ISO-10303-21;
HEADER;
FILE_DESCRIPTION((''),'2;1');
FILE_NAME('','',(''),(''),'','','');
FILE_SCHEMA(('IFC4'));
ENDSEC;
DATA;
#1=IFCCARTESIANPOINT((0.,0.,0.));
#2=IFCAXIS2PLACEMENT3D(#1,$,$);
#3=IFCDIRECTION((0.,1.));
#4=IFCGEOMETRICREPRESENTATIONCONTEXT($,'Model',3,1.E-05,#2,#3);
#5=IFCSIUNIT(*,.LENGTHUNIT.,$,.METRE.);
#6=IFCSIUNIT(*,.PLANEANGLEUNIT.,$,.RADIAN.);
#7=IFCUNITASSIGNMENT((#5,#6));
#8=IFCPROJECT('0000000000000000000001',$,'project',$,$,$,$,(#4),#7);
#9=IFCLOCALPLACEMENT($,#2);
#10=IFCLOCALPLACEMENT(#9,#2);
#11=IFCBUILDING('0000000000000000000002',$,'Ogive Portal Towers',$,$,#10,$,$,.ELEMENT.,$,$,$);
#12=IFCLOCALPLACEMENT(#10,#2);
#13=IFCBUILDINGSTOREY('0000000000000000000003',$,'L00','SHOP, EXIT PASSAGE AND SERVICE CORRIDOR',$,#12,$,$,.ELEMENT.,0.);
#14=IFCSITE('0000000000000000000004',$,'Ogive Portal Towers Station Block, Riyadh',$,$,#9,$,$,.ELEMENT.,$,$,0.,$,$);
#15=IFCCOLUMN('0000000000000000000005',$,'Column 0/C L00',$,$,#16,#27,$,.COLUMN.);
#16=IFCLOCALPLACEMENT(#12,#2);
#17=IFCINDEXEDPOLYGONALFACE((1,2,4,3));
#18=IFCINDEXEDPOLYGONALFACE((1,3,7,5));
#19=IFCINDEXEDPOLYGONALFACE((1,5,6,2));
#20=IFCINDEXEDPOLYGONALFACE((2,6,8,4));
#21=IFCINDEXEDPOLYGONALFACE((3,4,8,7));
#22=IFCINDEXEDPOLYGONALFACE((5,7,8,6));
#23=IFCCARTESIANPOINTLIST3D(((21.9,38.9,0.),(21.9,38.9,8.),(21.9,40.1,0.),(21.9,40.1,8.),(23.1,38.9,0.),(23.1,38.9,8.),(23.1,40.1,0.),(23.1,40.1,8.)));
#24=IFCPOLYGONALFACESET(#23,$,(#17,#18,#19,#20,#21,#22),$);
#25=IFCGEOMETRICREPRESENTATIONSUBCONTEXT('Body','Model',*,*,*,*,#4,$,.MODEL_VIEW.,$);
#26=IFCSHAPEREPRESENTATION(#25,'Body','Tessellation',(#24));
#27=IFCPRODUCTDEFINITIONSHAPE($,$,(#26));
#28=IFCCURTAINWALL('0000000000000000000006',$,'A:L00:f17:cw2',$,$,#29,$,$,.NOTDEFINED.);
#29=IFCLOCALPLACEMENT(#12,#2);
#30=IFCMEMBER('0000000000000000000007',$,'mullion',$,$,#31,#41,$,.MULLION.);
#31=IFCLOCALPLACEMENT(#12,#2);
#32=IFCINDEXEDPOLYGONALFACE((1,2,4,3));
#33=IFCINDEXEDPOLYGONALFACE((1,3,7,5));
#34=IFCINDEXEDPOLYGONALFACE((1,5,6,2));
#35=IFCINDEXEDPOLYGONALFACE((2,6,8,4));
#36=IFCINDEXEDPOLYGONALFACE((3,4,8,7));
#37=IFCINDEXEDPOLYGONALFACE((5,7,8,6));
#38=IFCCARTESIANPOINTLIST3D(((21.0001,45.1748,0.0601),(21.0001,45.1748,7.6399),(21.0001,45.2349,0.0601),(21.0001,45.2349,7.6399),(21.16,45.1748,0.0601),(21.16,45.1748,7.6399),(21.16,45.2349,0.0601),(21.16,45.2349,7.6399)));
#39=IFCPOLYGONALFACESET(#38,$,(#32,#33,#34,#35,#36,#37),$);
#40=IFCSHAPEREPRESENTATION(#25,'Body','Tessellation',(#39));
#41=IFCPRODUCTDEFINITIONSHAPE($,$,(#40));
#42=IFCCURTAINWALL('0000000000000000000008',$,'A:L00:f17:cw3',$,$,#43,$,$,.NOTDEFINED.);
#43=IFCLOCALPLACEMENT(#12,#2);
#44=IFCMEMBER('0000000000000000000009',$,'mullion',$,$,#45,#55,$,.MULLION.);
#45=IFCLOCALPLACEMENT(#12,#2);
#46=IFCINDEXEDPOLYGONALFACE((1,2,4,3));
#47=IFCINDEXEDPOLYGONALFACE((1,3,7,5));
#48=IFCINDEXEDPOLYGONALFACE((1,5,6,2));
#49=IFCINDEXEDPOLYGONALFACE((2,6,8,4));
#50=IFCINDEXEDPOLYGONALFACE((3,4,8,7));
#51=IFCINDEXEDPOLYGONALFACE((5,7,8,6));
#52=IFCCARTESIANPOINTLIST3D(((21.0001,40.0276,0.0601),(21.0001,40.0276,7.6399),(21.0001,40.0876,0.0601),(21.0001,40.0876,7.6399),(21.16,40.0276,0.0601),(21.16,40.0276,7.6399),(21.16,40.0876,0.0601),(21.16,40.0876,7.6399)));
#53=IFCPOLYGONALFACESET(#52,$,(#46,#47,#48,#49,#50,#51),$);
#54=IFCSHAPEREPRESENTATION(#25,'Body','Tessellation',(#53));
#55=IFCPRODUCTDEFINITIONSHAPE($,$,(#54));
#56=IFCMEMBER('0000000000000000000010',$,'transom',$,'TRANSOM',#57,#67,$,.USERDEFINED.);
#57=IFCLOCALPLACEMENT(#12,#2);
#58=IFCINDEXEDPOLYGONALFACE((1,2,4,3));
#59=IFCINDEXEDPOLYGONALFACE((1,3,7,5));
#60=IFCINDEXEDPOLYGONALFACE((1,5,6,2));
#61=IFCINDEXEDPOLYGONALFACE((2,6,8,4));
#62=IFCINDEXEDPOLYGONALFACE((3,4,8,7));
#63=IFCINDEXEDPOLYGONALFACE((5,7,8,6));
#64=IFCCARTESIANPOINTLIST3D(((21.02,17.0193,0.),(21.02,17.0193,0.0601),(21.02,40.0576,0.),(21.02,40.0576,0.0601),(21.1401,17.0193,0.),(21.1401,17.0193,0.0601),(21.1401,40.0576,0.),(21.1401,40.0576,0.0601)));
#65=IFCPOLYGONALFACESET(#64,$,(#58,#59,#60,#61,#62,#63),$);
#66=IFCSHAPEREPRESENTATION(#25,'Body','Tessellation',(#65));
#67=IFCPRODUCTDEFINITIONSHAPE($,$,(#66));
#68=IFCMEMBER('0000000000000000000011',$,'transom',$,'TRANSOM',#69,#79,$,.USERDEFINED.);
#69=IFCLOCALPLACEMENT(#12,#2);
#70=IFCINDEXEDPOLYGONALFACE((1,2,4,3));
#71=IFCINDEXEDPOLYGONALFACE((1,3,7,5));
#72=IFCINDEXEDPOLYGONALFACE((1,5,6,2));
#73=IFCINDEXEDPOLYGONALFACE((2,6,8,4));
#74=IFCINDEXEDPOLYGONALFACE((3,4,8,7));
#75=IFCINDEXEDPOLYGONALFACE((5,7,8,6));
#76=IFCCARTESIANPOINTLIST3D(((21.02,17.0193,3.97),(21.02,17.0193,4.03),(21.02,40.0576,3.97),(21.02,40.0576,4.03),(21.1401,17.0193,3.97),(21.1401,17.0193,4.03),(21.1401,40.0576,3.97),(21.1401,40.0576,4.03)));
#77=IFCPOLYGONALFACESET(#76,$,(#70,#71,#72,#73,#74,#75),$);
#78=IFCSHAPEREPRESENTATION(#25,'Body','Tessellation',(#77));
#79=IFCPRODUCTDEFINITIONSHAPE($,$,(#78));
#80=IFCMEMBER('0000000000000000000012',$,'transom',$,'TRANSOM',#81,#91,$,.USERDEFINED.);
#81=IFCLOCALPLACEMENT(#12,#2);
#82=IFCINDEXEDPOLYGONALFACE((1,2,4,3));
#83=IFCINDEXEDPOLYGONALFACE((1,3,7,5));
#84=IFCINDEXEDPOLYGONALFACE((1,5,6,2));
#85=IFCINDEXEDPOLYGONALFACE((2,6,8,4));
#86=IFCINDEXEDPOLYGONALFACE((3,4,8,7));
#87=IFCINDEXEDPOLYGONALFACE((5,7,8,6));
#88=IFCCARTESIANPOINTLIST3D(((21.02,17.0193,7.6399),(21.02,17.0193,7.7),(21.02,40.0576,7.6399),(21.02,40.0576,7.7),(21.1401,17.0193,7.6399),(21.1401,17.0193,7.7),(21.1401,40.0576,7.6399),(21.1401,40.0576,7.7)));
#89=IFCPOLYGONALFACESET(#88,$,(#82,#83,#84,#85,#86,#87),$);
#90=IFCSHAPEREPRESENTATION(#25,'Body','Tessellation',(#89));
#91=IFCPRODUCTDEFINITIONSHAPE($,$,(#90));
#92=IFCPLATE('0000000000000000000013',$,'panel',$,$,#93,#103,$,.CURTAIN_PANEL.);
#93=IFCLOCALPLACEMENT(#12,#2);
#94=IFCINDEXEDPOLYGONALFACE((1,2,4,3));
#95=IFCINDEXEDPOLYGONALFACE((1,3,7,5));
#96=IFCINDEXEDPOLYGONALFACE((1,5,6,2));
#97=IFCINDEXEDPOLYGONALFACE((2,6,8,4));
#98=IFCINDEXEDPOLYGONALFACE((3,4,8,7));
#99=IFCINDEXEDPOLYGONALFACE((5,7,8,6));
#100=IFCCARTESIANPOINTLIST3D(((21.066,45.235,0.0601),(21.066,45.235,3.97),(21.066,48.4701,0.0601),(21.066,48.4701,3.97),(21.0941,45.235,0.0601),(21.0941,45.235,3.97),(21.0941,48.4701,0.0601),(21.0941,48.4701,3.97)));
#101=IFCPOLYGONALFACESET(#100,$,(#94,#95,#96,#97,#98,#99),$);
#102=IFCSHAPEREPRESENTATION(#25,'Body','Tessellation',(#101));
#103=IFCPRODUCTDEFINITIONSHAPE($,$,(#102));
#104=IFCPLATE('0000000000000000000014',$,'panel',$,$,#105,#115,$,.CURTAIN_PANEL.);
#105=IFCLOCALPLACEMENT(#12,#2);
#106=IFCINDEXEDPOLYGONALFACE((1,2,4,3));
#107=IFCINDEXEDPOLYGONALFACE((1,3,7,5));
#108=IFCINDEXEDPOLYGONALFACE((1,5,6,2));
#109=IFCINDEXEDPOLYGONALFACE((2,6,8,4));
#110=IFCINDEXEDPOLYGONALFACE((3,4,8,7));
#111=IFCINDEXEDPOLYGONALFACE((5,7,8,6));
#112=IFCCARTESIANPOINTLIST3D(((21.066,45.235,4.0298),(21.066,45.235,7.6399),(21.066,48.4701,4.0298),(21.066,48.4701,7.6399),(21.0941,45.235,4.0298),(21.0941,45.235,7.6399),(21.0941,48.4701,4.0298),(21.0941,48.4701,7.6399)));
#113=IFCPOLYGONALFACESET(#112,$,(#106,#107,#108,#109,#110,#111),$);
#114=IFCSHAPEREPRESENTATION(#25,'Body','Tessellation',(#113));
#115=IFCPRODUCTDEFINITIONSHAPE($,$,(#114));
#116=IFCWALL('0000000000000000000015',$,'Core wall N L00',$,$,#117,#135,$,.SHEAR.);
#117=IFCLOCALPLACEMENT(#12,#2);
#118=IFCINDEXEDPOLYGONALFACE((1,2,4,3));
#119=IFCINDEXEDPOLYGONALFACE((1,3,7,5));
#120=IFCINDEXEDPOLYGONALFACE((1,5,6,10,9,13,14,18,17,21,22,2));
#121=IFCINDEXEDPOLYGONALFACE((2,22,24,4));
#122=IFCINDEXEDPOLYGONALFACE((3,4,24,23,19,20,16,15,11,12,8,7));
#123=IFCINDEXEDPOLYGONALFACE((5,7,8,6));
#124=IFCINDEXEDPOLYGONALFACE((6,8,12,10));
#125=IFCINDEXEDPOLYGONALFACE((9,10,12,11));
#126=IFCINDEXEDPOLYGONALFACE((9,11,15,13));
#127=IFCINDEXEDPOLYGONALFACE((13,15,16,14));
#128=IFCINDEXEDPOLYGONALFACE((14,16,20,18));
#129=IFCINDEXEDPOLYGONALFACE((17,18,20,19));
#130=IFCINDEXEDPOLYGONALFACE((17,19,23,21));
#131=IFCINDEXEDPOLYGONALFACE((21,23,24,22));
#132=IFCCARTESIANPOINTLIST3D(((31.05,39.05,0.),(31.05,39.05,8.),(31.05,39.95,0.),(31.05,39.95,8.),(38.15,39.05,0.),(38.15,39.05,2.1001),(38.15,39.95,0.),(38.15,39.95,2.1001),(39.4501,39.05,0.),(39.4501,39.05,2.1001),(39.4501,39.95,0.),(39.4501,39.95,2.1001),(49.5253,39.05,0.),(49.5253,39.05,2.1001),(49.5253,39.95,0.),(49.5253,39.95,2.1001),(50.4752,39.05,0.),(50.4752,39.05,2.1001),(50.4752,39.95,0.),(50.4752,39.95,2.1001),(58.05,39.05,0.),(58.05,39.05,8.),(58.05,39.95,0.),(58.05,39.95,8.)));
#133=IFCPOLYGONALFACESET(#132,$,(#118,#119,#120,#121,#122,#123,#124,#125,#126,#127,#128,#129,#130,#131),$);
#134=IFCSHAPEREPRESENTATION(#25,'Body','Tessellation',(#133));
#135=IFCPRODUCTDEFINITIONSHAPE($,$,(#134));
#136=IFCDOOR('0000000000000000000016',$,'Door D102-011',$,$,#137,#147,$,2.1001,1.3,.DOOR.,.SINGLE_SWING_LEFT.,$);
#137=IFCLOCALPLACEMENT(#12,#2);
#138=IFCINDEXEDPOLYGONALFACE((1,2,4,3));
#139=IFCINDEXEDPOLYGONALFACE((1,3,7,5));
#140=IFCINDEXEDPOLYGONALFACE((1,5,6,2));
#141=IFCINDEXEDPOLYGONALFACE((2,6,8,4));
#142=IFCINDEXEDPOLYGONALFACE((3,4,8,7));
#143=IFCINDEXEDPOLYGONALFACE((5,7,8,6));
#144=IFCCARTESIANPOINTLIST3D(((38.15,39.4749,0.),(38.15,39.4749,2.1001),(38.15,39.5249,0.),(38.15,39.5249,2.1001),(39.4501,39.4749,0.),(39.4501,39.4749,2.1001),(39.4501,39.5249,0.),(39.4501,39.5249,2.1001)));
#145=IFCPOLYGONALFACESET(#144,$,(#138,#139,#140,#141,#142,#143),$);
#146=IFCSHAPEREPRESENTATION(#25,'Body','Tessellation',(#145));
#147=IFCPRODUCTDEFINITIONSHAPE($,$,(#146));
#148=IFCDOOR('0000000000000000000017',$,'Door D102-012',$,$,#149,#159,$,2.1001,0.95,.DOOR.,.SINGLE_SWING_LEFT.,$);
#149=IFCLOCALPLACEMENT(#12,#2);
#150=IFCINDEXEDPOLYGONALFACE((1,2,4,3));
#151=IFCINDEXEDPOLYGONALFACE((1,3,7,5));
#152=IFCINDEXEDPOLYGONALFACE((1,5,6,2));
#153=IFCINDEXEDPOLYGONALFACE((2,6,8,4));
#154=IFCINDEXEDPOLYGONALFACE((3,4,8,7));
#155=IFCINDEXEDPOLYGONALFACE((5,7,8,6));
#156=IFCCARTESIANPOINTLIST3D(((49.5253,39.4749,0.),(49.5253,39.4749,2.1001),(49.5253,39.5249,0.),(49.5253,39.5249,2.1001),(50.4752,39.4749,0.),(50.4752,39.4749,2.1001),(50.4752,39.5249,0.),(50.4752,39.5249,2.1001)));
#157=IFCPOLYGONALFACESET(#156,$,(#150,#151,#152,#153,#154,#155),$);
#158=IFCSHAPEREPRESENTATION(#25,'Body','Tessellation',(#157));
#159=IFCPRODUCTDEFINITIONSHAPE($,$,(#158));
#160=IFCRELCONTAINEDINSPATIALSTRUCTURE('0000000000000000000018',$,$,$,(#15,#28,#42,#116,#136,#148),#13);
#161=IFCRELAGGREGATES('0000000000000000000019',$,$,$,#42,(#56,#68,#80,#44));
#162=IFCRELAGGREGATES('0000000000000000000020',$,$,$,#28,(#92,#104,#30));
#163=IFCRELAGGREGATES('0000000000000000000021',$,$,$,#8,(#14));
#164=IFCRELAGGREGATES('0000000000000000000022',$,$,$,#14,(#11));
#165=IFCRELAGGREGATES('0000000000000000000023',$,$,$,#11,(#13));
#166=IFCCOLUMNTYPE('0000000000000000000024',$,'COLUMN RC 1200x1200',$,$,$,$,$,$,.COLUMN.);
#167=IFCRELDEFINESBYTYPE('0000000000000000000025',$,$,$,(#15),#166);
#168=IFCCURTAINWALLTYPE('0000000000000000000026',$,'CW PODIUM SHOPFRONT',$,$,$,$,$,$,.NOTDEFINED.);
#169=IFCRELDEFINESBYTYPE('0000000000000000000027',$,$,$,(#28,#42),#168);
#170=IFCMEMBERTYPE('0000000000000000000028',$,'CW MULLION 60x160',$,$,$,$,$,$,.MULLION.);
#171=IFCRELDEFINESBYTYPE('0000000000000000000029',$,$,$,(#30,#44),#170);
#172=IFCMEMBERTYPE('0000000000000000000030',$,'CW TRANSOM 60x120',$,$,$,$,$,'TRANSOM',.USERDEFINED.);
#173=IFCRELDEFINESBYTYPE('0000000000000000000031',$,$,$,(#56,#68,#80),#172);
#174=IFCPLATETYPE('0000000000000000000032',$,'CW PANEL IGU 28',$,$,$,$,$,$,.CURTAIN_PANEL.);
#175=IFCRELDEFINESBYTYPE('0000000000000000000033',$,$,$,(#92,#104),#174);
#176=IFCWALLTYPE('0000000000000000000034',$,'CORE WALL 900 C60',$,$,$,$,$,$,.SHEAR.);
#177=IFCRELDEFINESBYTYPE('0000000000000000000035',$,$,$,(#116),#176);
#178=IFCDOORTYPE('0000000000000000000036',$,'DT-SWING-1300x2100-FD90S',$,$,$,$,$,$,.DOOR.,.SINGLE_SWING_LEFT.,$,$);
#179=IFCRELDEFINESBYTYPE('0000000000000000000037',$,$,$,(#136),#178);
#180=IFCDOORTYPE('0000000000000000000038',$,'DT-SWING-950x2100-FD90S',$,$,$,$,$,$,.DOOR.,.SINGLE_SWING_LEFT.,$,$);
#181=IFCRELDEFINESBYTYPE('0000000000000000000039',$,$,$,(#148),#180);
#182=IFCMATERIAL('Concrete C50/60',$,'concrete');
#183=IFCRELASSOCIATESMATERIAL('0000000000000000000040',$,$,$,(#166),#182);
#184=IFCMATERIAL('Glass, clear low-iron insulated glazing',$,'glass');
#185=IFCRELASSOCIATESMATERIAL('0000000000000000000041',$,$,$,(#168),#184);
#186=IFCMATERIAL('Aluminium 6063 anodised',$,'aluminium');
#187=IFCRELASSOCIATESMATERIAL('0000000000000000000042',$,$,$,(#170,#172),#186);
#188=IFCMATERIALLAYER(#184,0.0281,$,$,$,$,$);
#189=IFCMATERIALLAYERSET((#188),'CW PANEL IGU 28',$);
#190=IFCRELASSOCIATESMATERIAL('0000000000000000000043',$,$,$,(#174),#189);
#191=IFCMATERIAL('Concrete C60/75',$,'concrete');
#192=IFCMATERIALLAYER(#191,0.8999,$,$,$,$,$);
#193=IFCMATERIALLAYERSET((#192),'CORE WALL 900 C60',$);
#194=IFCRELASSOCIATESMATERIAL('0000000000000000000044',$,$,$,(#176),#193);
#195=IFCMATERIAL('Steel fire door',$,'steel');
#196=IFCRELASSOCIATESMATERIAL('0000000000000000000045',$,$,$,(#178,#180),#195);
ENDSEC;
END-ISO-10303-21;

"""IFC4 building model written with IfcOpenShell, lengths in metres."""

from ifc_helpers import new_model, si_unit, direction, frame, frame_2d, origin, origin_2d, place, context, subcontext, project, spatial, rectangle, extrude, material, layer, layer_set, material_profile, profile_set, type_object, element, fill, aggregate, save


model = new_model("IFC4")

# Units and contexts
model_context = context("Model", 3, precision=1e-05, world=origin(), true_north=direction((0.0, 1.0)))
body_context = subcontext(model_context, "Body", "Model", "MODEL_VIEW")
ifc_project = project(units=[si_unit("LENGTHUNIT", "METRE"), si_unit("PLANEANGLEUNIT", "RADIAN")], contexts=[model_context])

# Site, building, storey
site_placement = place(None, origin())
site = spatial("IfcSite", under=ifc_project, at=site_placement, Name="Ogive Portal Towers Station Block, Riyadh", CompositionType="ELEMENT", RefElevation=0.0)
building_placement = place(site_placement, origin())
building = spatial("IfcBuilding", under=site, at=building_placement, Name="Ogive Portal Towers", CompositionType="ELEMENT")
storey_placement = place(building_placement, origin())
storey = spatial("IfcBuildingStorey", under=building, at=storey_placement, Name="L00", Description="SHOP, EXIT PASSAGE AND SERVICE CORRIDOR", CompositionType="ELEMENT", Elevation=0.0)

# Column
ifc_material_1 = material(Name="Concrete C50/60", Category="concrete")
ifc_material_profile_1 = material_profile(ifc_material_1, rectangle(XDim=1.2, YDim=1.2, at=origin_2d()), Name="RC 1200x1200")
ifc_profile_set_1 = profile_set([ifc_material_profile_1], Name="Concrete C50/60")
column_type = type_object("IfcColumnType", Name="COLUMN RC 1200x1200", PredefinedType="COLUMN", material=ifc_profile_set_1)
column_placement = place(storey_placement, frame((22.5, 39.5, 0.0), z_axis=(0.0, 0.0, 1.0), x_axis=(1.0, 0.0, 0.0)))
element("IfcColumn", 1, at=column_placement, inside=storey, type_object=column_type, Name="Column 0/C L00", PredefinedType="COLUMN", context=body_context, shape_type="SweptSolid", body=[
    extrude(rectangle(XDim=1.2, YDim=1.2, at=origin_2d()), origin(), (0.0, 0.0, 1.0), 8.0),
])

# Curtain wall, member
ifc_material_2 = material(Name="Glass, clear low-iron insulated glazing", Category="glass")
curtain_wall_type = type_object("IfcCurtainWallType", Name="CW PODIUM SHOPFRONT", PredefinedType="NOTDEFINED", material=ifc_material_2)
curtain_wall_1_placement = place(storey_placement, origin())
curtain_wall_1 = element("IfcCurtainWall", 2, at=curtain_wall_1_placement, inside=storey, type_object=curtain_wall_type, Name="A:L00:f17:cw2", PredefinedType="NOTDEFINED")
ifc_material_3 = material(Name="Aluminium 6063 anodised", Category="aluminium")
ifc_material_profile_2 = material_profile(ifc_material_3, rectangle(XDim=0.1599, YDim=0.0601, at=origin_2d()), Name="AL 60x160")
ifc_profile_set_2 = profile_set([ifc_material_profile_2], Name="Aluminium 6063 anodised")
member_type_1 = type_object("IfcMemberType", Name="CW MULLION 60x160", PredefinedType="MULLION", material=ifc_profile_set_2)
member_1_placement = place(storey_placement, frame((21.0801, 45.2048, 0.0601), z_axis=(0.0, 0.0, 1.0), x_axis=(1.0, 0.0, 0.0)))
member_1 = element("IfcMember", 3, at=member_1_placement, type_object=member_type_1, Name="mullion", PredefinedType="MULLION", context=body_context, shape_type="SweptSolid", body=[
    extrude(rectangle(XDim=0.1599, YDim=0.0601, at=origin_2d()), origin(), (0.0, 0.0, 1.0), 7.5798),
])

# Curtain wall, members
curtain_wall_2_placement = place(storey_placement, origin())
curtain_wall_2 = element("IfcCurtainWall", 4, at=curtain_wall_2_placement, inside=storey, type_object=curtain_wall_type, Name="A:L00:f17:cw3", PredefinedType="NOTDEFINED")
member_2_placement = place(storey_placement, frame((21.0801, 40.0576, 0.0601), z_axis=(0.0, 0.0, 1.0), x_axis=(1.0, 0.0, 0.0)))
member_2 = element("IfcMember", 5, at=member_2_placement, type_object=member_type_1, Name="mullion", PredefinedType="MULLION", context=body_context, shape_type="SweptSolid", body=[
    extrude(rectangle(XDim=0.1599, YDim=0.0601, at=origin_2d()), origin(), (0.0, 0.0, 1.0), 7.5798),
])
ifc_material_profile_3 = material_profile(ifc_material_3, rectangle(XDim=0.1201, YDim=0.0601, at=origin_2d()), Name="AL 120x60")
ifc_profile_set_3 = profile_set([ifc_material_profile_3], Name="Aluminium 6063 anodised")
member_type_2 = type_object("IfcMemberType", Name="CW TRANSOM 60x120", ElementType="TRANSOM", PredefinedType="USERDEFINED", material=ifc_profile_set_3)
member_3_placement = place(storey_placement, frame((21.0801, 40.0576, 0.03), z_axis=(0.0, -1.0, 0.0), x_axis=(1.0, 0.0, 0.0)))
member_3 = element("IfcMember", 6, at=member_3_placement, type_object=member_type_2, Name="transom", ObjectType="TRANSOM", PredefinedType="USERDEFINED", context=body_context, shape_type="SweptSolid", body=[
    extrude(rectangle(XDim=0.1201, YDim=0.0601, at=origin_2d()), origin(), (0.0, 0.0, 1.0), 23.0383),
])
member_4_placement = place(storey_placement, frame((21.0801, 40.0576, 4.0), z_axis=(0.0, -1.0, 0.0), x_axis=(1.0, 0.0, 0.0)))
member_4 = element("IfcMember", 7, at=member_4_placement, type_object=member_type_2, Name="transom", ObjectType="TRANSOM", PredefinedType="USERDEFINED", context=body_context, shape_type="SweptSolid", body=[
    extrude(rectangle(XDim=0.1201, YDim=0.0601, at=origin_2d()), origin(), (0.0, 0.0, 1.0), 23.0383),
])
member_5_placement = place(storey_placement, frame((21.0801, 40.0576, 7.6699), z_axis=(0.0, -1.0, 0.0), x_axis=(1.0, 0.0, 0.0)))
member_5 = element("IfcMember", 8, at=member_5_placement, type_object=member_type_2, Name="transom", ObjectType="TRANSOM", PredefinedType="USERDEFINED", context=body_context, shape_type="SweptSolid", body=[
    extrude(rectangle(XDim=0.1201, YDim=0.0601, at=origin_2d()), origin(), (0.0, 0.0, 1.0), 23.0383),
])
aggregate(curtain_wall_2, [member_3, member_4, member_5, member_2])

# Plates
ifc_layer_1 = layer(ifc_material_2, 0.0281)
ifc_layer_set_1 = layer_set([ifc_layer_1], Name="CW PANEL IGU 28")
plate_type = type_object("IfcPlateType", Name="CW PANEL IGU 28", PredefinedType="CURTAIN_PANEL", material=ifc_layer_set_1)
plate_1_placement = place(storey_placement, frame((21.0801, 46.8525, 0.0601), z_axis=(0.0, 0.0, 1.0), x_axis=(0.0, -1.0, 0.0)))
plate_1 = element("IfcPlate", 9, at=plate_1_placement, type_object=plate_type, Name="panel", PredefinedType="CURTAIN_PANEL", context=body_context, shape_type="SweptSolid", body=[
    extrude(rectangle(XDim=3.2351, YDim=0.0281, at=origin_2d()), origin(), (0.0, 0.0, 1.0), 3.9099),
])
plate_2_placement = place(storey_placement, frame((21.0801, 46.8525, 4.0298), z_axis=(0.0, 0.0, 1.0), x_axis=(0.0, -1.0, 0.0)))
plate_2 = element("IfcPlate", 10, at=plate_2_placement, type_object=plate_type, Name="panel", PredefinedType="CURTAIN_PANEL", context=body_context, shape_type="SweptSolid", body=[
    extrude(rectangle(XDim=3.2351, YDim=0.0281, at=origin_2d()), origin(), (0.0, 0.0, 1.0), 3.6101),
])
aggregate(curtain_wall_1, [plate_1, plate_2, member_1])

# Wall, openings, doors
ifc_material_4 = material(Name="Concrete C60/75", Category="concrete")
ifc_layer_2 = layer(ifc_material_4, 0.8999)
ifc_layer_set_2 = layer_set([ifc_layer_2], Name="CORE WALL 900 C60")
wall_type_1 = type_object("IfcWallType", Name="CORE WALL 900 C60", PredefinedType="SHEAR", material=ifc_layer_set_2)
wall_1_placement = place(storey_placement, frame((31.05, 39.5, 0.0), z_axis=(0.0, 0.0, 1.0), x_axis=(1.0, 0.0, 0.0)))
wall_1 = element("IfcWall", 11, at=wall_1_placement, inside=storey, type_object=wall_type_1, Name="Core wall N L00", PredefinedType="SHEAR", context=body_context, shape_type="SweptSolid", body=[
    extrude(rectangle(XDim=27.0, YDim=0.8999, at=frame_2d((13.5, 0.0))), origin(), (0.0, 0.0, 1.0), 8.0),
])
opening_1_placement = place(wall_1_placement, frame((7.1001, 0.0, 0.0)))
opening_1 = element("IfcOpeningElement", 12, at=opening_1_placement, cuts=wall_1, PredefinedType="OPENING", context=body_context, shape_type="SweptSolid", body=[
    extrude(rectangle(XDim=1.3, YDim=2.1001, at=frame_2d((0.6499, 1.05))), frame((0.0, 0.46, 0.0), z_axis=(0.0, -1.0, 0.0), x_axis=(1.0, 0.0, 0.0)), (0.0, 0.0, 1.0), 0.9199),
])
opening_2_placement = place(wall_1_placement, frame((18.4751, 0.0, 0.0)))
opening_2 = element("IfcOpeningElement", 13, at=opening_2_placement, cuts=wall_1, PredefinedType="OPENING", context=body_context, shape_type="SweptSolid", body=[
    extrude(rectangle(XDim=0.95, YDim=2.1001, at=frame_2d((0.4751, 1.05))), frame((0.0, 0.46, 0.0), z_axis=(0.0, -1.0, 0.0), x_axis=(1.0, 0.0, 0.0)), (0.0, 0.0, 1.0), 0.9199),
])
ifc_material_5 = material(Name="Steel fire door", Category="steel")
door_type_1 = type_object("IfcDoorType", Name="DT-SWING-1300x2100-FD90S", OperationType="SINGLE_SWING_LEFT", PredefinedType="DOOR", material=ifc_material_5)
door_1_placement = place(opening_1_placement, origin())
door_1 = element("IfcDoor", 14, at=door_1_placement, inside=storey, type_object=door_type_1, Name="Door D102-011", OperationType="SINGLE_SWING_LEFT", OverallHeight=2.1001, OverallWidth=1.3, PredefinedType="DOOR", context=body_context, shape_type="SweptSolid", body=[
    extrude(rectangle(XDim=1.3, YDim=2.1001, at=frame_2d((0.6499, 1.05))), frame((0.0, 0.0249, 0.0), z_axis=(0.0, -1.0, 0.0), x_axis=(1.0, 0.0, 0.0)), (0.0, 0.0, 1.0), 0.05),
])
fill(opening_1, door_1)
door_type_2 = type_object("IfcDoorType", Name="DT-SWING-950x2100-FD90S", OperationType="SINGLE_SWING_LEFT", PredefinedType="DOOR", material=ifc_material_5)
door_2_placement = place(opening_2_placement, origin())
door_2 = element("IfcDoor", 15, at=door_2_placement, inside=storey, type_object=door_type_2, Name="Door D102-012", OperationType="SINGLE_SWING_LEFT", OverallHeight=2.1001, OverallWidth=0.95, PredefinedType="DOOR", context=body_context, shape_type="SweptSolid", body=[
    extrude(rectangle(XDim=0.95, YDim=2.1001, at=frame_2d((0.4751, 1.05))), frame((0.0, 0.0249, 0.0), z_axis=(0.0, -1.0, 0.0), x_axis=(1.0, 0.0, 0.0)), (0.0, 0.0, 1.0), 0.05),
])
fill(opening_2, door_2)

save(model, "model.ifc")
